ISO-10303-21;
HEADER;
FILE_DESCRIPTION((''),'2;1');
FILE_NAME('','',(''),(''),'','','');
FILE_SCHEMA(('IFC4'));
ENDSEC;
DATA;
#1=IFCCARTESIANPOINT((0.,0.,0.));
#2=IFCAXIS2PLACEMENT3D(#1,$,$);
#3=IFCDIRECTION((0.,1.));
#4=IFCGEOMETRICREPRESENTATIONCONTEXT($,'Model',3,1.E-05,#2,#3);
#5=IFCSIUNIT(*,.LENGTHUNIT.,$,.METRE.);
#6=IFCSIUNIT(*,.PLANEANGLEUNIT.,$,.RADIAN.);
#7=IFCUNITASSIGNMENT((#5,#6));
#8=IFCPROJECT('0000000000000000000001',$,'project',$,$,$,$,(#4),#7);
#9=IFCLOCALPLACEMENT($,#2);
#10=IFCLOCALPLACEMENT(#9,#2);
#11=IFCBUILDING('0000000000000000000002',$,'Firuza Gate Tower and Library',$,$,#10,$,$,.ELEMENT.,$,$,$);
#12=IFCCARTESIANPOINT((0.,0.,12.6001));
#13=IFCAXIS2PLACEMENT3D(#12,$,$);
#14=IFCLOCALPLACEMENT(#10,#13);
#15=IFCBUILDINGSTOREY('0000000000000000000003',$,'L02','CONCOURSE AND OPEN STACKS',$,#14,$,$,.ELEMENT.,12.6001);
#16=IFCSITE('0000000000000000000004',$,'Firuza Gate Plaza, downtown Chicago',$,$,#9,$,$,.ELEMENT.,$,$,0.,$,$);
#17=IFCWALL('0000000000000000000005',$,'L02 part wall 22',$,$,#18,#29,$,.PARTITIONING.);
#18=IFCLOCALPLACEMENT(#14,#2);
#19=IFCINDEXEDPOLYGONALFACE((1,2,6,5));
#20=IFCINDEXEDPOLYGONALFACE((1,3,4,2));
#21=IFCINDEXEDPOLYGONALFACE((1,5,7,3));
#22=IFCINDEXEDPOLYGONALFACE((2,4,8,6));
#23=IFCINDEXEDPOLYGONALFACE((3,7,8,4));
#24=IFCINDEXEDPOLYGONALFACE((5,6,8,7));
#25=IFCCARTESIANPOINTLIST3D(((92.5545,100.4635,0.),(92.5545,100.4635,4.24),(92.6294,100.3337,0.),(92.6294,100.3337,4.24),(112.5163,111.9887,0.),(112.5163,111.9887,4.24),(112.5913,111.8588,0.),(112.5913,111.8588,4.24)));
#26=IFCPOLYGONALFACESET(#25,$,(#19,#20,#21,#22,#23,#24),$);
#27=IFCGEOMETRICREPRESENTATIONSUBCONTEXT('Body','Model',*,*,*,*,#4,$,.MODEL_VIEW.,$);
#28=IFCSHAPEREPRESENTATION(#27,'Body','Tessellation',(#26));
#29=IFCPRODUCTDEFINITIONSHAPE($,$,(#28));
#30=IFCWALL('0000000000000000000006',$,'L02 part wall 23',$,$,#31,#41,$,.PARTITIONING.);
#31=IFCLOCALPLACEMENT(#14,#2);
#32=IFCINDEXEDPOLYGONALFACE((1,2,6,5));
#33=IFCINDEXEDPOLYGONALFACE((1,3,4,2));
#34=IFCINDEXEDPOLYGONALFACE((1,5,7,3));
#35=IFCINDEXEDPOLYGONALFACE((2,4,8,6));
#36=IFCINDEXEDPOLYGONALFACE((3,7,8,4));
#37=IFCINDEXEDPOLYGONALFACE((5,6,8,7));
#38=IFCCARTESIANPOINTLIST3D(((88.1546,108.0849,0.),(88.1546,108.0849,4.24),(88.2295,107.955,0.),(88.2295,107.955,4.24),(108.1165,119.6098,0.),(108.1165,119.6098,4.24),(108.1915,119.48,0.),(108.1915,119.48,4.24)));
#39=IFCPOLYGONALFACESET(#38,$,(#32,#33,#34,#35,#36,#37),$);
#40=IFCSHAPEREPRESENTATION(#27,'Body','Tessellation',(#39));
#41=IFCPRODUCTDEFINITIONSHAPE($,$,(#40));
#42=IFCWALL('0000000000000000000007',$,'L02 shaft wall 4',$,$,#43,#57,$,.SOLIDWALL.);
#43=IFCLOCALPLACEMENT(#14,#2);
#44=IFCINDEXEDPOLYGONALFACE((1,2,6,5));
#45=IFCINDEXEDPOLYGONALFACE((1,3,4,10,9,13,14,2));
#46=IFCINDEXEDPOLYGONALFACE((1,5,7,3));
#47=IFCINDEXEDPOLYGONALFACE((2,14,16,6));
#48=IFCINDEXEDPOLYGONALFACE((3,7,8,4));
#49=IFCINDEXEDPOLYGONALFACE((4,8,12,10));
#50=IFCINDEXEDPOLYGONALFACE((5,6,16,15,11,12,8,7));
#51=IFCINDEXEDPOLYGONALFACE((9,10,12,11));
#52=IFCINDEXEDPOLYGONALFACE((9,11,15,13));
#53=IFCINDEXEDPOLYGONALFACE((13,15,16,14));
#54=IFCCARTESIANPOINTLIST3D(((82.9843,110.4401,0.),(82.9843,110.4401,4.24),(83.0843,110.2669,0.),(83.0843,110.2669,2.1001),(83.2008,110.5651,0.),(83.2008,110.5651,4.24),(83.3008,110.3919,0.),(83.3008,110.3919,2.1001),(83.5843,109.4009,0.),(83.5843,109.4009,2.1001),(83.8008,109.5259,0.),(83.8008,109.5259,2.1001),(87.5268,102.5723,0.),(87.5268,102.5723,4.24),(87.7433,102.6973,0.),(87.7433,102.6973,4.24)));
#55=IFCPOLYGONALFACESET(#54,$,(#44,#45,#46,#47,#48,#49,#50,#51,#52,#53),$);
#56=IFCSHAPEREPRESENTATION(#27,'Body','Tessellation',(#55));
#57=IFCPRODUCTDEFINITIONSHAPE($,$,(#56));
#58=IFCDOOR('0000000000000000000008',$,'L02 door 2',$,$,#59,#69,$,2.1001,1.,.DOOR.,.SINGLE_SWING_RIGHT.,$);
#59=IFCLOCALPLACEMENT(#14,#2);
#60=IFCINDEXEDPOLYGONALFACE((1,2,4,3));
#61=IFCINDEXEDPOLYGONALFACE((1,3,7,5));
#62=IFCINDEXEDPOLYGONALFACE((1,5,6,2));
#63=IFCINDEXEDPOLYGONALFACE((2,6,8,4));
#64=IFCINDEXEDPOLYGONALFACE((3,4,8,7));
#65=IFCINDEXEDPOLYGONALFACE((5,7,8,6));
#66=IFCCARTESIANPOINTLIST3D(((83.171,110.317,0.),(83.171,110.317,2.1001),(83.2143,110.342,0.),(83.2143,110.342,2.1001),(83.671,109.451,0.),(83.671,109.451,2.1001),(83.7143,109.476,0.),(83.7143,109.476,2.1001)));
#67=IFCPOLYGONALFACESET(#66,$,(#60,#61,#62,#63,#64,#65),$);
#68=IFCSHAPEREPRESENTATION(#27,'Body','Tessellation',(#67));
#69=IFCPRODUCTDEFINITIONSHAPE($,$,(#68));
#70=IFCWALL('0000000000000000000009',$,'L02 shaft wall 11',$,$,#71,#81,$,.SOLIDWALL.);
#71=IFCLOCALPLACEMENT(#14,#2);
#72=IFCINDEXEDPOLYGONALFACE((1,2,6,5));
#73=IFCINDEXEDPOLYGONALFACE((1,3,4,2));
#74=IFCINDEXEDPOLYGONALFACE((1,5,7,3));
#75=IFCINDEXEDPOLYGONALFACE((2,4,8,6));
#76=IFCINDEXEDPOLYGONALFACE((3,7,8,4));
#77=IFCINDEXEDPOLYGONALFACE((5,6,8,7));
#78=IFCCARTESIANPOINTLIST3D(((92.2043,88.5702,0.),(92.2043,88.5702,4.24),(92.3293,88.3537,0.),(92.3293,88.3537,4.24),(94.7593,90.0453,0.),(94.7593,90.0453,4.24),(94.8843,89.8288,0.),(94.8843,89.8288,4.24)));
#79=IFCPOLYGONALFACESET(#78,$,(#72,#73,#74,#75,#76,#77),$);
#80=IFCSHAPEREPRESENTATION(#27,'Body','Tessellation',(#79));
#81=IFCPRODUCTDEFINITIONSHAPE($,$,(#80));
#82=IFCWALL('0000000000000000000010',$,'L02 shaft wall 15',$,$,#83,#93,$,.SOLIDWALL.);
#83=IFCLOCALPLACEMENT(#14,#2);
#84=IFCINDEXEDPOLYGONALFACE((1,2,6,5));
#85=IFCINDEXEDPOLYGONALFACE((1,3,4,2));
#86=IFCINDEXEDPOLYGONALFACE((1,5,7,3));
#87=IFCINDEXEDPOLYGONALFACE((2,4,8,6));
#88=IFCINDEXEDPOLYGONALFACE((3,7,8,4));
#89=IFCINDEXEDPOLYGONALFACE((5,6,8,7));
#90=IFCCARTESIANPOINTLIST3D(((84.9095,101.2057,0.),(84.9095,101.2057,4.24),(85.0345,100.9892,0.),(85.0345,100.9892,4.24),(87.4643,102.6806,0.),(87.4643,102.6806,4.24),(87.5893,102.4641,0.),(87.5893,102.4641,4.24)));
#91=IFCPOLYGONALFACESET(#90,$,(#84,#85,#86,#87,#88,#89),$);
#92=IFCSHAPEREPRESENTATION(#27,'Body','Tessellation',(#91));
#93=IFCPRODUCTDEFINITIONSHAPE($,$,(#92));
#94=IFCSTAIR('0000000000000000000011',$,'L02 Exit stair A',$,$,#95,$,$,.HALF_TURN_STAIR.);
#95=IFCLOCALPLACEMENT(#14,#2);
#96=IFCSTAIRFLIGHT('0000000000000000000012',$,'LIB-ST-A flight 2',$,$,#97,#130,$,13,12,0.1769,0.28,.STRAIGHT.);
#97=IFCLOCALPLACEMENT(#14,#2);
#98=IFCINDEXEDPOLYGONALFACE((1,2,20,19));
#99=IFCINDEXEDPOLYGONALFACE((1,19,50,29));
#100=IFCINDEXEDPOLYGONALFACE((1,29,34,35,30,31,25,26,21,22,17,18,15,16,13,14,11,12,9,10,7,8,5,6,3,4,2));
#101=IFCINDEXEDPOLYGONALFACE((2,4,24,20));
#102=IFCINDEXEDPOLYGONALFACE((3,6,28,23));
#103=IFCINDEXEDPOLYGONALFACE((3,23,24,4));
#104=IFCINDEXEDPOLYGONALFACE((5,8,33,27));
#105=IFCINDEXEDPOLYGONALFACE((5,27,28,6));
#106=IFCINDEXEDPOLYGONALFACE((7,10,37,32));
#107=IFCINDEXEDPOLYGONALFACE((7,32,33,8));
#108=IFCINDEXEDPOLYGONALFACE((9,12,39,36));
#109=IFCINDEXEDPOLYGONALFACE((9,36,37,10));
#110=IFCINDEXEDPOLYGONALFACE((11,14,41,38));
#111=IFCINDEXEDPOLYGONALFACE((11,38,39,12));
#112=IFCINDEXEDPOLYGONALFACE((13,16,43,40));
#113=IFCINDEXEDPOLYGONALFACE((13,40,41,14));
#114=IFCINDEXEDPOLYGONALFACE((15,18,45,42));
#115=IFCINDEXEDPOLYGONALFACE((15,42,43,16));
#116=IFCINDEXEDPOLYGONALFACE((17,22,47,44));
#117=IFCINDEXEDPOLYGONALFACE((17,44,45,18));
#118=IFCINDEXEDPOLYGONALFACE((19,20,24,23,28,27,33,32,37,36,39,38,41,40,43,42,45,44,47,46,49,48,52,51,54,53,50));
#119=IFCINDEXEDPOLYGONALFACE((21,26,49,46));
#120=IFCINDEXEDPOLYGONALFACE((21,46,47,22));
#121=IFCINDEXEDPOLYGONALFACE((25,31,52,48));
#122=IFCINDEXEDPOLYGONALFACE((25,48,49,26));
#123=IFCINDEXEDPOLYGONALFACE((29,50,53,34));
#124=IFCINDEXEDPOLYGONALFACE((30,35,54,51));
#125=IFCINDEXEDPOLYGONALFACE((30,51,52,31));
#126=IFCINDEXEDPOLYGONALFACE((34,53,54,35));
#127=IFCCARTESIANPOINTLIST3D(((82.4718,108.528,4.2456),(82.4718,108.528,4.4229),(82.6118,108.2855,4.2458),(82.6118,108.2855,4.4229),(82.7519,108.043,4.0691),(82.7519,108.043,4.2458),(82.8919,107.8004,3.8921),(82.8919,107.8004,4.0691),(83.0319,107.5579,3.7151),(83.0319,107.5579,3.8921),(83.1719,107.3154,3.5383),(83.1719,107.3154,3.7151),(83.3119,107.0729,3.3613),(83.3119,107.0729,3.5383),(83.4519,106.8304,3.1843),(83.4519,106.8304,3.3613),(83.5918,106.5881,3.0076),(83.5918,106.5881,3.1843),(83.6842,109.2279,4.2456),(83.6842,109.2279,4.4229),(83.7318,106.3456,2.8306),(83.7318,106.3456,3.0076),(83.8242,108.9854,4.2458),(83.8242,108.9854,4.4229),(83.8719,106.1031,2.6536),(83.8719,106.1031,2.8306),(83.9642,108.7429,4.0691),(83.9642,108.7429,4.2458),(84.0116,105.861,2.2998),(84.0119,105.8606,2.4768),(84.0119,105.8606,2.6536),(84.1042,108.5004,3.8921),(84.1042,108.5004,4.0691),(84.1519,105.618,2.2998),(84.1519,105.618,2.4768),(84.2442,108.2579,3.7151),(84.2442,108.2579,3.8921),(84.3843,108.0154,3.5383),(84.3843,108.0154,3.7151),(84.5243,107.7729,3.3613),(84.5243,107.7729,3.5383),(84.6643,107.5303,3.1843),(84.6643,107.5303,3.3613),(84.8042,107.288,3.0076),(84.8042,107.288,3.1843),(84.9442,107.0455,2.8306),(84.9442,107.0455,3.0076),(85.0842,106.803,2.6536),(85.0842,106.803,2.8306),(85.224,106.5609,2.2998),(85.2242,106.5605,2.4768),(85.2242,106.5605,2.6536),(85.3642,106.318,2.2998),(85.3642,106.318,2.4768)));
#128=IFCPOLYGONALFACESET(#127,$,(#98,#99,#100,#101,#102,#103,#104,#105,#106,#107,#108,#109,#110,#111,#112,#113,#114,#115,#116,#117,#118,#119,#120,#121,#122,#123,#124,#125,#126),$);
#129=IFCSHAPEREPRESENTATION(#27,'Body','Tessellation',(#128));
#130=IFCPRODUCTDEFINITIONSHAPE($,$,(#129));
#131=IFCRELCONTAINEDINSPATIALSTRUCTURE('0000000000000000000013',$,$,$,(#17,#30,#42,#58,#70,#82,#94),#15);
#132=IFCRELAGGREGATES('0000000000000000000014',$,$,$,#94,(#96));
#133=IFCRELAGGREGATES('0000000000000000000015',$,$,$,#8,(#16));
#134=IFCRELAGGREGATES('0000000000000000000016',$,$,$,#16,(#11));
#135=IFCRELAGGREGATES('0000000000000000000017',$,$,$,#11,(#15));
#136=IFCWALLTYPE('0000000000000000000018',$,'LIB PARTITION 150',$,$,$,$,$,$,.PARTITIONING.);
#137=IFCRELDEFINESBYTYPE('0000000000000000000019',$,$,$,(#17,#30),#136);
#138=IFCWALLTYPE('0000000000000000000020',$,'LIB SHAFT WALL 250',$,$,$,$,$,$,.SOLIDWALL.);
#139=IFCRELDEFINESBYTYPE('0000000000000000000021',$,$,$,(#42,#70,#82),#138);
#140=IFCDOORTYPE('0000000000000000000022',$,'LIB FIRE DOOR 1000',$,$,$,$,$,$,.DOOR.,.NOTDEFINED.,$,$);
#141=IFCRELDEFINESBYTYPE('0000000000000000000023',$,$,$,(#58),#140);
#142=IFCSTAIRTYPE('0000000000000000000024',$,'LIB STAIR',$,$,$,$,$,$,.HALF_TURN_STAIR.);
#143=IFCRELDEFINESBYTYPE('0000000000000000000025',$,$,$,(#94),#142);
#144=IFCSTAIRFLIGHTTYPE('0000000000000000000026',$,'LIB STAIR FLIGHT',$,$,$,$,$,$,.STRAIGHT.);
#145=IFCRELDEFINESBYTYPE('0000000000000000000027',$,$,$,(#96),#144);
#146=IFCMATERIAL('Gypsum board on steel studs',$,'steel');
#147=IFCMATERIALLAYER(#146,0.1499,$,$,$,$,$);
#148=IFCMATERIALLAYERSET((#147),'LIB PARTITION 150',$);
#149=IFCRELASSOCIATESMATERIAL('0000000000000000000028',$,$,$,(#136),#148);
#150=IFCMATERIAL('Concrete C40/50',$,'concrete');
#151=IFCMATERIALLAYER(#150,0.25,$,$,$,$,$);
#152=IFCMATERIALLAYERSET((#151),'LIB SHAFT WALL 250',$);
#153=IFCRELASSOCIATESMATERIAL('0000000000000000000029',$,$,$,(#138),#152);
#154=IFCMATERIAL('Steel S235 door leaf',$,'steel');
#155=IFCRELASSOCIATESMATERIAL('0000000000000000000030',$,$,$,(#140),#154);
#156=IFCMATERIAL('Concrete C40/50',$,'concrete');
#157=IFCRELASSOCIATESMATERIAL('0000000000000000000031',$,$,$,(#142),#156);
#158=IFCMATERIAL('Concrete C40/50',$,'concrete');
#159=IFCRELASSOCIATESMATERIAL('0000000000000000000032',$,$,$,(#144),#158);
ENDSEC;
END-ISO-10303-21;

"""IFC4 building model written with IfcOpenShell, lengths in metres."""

from ifc_helpers import new_model, si_unit, direction, frame, frame_2d, origin, place, context, subcontext, project, spatial, polyline, rectangle, outline, extrude, material, layer, layer_set, type_object, element, fill, aggregate, save


model = new_model("IFC4")

# Units and contexts
model_context = context("Model", 3, precision=1e-05, world=origin(), true_north=direction((0.0, 1.0)))
body_context = subcontext(model_context, "Body", "Model", "MODEL_VIEW")
ifc_project = project(units=[si_unit("LENGTHUNIT", "METRE"), si_unit("PLANEANGLEUNIT", "RADIAN")], contexts=[model_context])

# Site, building, storey
site_placement = place(None, origin())
site = spatial("IfcSite", under=ifc_project, at=site_placement, Name="Firuza Gate Plaza, downtown Chicago", CompositionType="ELEMENT", RefElevation=0.0)
building_placement = place(site_placement, origin())
building = spatial("IfcBuilding", under=site, at=building_placement, Name="Firuza Gate Tower and Library", CompositionType="ELEMENT")
storey_placement = place(building_placement, frame((0.0, 0.0, 12.6001)))
storey = spatial("IfcBuildingStorey", under=building, at=storey_placement, Name="L02", Description="CONCOURSE AND OPEN STACKS", CompositionType="ELEMENT", Elevation=12.6001)

# Shared definitions
placement = place(storey_placement, origin())

# Walls
ifc_material_1 = material(Name="Gypsum board on steel studs", Category="steel")
ifc_layer_1 = layer(ifc_material_1, 0.1499)
ifc_layer_set_1 = layer_set([ifc_layer_1], Name="LIB PARTITION 150")
wall_type_1 = type_object("IfcWallType", Name="LIB PARTITION 150", PredefinedType="PARTITIONING", material=ifc_layer_set_1)
for number, where, z_axis, x_axis, name in (
    (1, (92.592, 100.3987, 0.0), (0.0, 0.0, 1.0), (0.866023, 0.500004, 0.0), "L02 part wall 22"),
    (2, (88.1921, 108.02, 0.0), (0.0, 0.0, 1.0), (0.866028, 0.499996, 0.0), "L02 part wall 23"),
):
    element("IfcWall", number, at=place(storey_placement, frame(where, z_axis=z_axis, x_axis=x_axis)), inside=storey, type_object=wall_type_1, Name=name, PredefinedType="PARTITIONING", context=body_context, shape_type="SweptSolid", body=[
        extrude(rectangle(XDim=23.05, YDim=0.1499, at=frame_2d((11.5249, 0.0))), origin(), (0.0, 0.0, 1.0), 4.24),
    ])

# Wall, opening, door
ifc_material_2 = material(Name="Concrete C40/50", Category="concrete")
ifc_layer_2 = layer(ifc_material_2, 0.25)
ifc_layer_set_2 = layer_set([ifc_layer_2], Name="LIB SHAFT WALL 250")
wall_type_2 = type_object("IfcWallType", Name="LIB SHAFT WALL 250", PredefinedType="SOLIDWALL", material=ifc_layer_set_2)
wall_1_placement = place(storey_placement, frame((87.635, 102.6348, 0.0), z_axis=(0.0, 0.0, 1.0), x_axis=(-0.499995, 0.866029, 0.0)))
wall_1 = element("IfcWall", 3, at=wall_1_placement, inside=storey, type_object=wall_type_2, Name="L02 shaft wall 4", PredefinedType="SOLIDWALL", context=body_context, shape_type="SweptSolid", body=[
    extrude(rectangle(XDim=9.085, YDim=0.25, at=frame_2d((4.5425, 0.0))), origin(), (0.0, 0.0, 1.0), 4.24),
])
opening_placement = place(wall_1_placement, frame((7.885, 0.0, 0.0)))
opening = element("IfcOpeningElement", 4, at=opening_placement, cuts=wall_1, PredefinedType="OPENING", context=body_context, shape_type="SweptSolid", body=[
    extrude(rectangle(XDim=1.0, YDim=2.1001, at=frame_2d((0.5, 1.05))), frame((0.0, 0.135, 0.0), z_axis=(0.0, -1.0, 0.0), x_axis=(1.0, 0.0, 0.0)), (0.0, 0.0, 1.0), 0.27),
])
ifc_material_3 = material(Name="Steel S235 door leaf", Category="steel")
door_type = type_object("IfcDoorType", Name="LIB FIRE DOOR 1000", OperationType="NOTDEFINED", PredefinedType="DOOR", material=ifc_material_3)
door_placement = place(opening_placement, origin())
door = element("IfcDoor", 5, at=door_placement, inside=storey, type_object=door_type, Name="L02 door 2", OperationType="SINGLE_SWING_RIGHT", OverallHeight=2.1001, OverallWidth=1.0, PredefinedType="DOOR", context=body_context, shape_type="SweptSolid", body=[
    extrude(rectangle(XDim=1.0, YDim=2.1001, at=frame_2d((0.5, 1.05))), frame((0.0, 0.0249, 0.0), z_axis=(0.0, -1.0, 0.0), x_axis=(1.0, 0.0, 0.0)), (0.0, 0.0, 1.0), 0.05),
])
fill(opening, door)

# Walls
wall_2_placement = place(storey_placement, frame((92.2668, 88.4619, 0.0), z_axis=(0.0, 0.0, 1.0), x_axis=(0.866024, 0.500002, 0.0)))
element("IfcWall", 6, at=wall_2_placement, inside=storey, type_object=wall_type_2, Name="L02 shaft wall 11", PredefinedType="SOLIDWALL", context=body_context, shape_type="SweptSolid", body=[
    extrude(rectangle(XDim=2.9502, YDim=0.25, at=frame_2d((1.4751, 0.0))), origin(), (0.0, 0.0, 1.0), 4.24),
])
wall_3_placement = place(storey_placement, frame((84.9719, 101.0974, 0.0), z_axis=(0.0, 0.0, 1.0), x_axis=(0.866039, 0.499976, 0.0)))
element("IfcWall", 7, at=wall_3_placement, inside=storey, type_object=wall_type_2, Name="L02 shaft wall 15", PredefinedType="SOLIDWALL", context=body_context, shape_type="SweptSolid", body=[
    extrude(rectangle(XDim=2.95, YDim=0.25, at=frame_2d((1.4751, 0.0))), origin(), (0.0, 0.0, 1.0), 4.24),
])

# Stair, stair flight
ifc_material_4 = material(Name="Concrete C40/50", Category="concrete")
stair_type = type_object("IfcStairType", Name="LIB STAIR", PredefinedType="HALF_TURN_STAIR", material=ifc_material_4)
stair = element("IfcStair", 8, at=placement, inside=storey, type_object=stair_type, Name="L02 Exit stair A", PredefinedType="HALF_TURN_STAIR")
ifc_material_5 = material(Name="Concrete C40/50", Category="concrete")
stair_flight_type = type_object("IfcStairFlightType", Name="LIB STAIR FLIGHT", PredefinedType="STRAIGHT", material=ifc_material_5)
stair_flight_placement = place(storey_placement, frame((84.7581, 105.968, 2.2998), z_axis=(0.0, 0.0, 1.0), x_axis=(-0.5, 0.866025, 0.0)))
stair_flight = element("IfcStairFlight", 9, at=stair_flight_placement, type_object=stair_flight_type, Name="LIB-ST-A flight 2", NumberOfRisers=13, NumberOfTreads=12, PredefinedType="STRAIGHT", RiserHeight=0.1769, TreadLength=0.28, context=body_context, shape_type="SweptSolid", body=[
    extrude(outline(polyline([(0.0, 0.0), (0.0, 0.177), (0.28, 0.177), (0.28, 0.3538), (0.5601, 0.3538), (0.5601, 0.5308), (0.8401, 0.5308), (0.8401, 0.7078), (1.1201, 0.7078), (1.1201, 0.8845), (1.3999, 0.8845), (1.3999, 1.0615), (1.6799, 1.0615), (1.6799, 1.2385), (1.96, 1.2385), (1.96, 1.4153), (2.24, 1.4153), (2.24, 1.5923), (2.52, 1.5923), (2.52, 1.7693), (2.8, 1.7693), (2.8, 1.946), (3.0801, 1.946), (3.0801, 2.123), (3.3601, 2.123), (3.3601, 2.3), (3.3601, 1.9458), (0.2805, 0.0), (0.0, 0.0)])), frame((0.0, 0.7, 0.0), z_axis=(0.0, -1.0, 0.0), x_axis=(1.0, 0.0, 0.0)), (0.0, 0.0, 1.0), 1.3999),
])
aggregate(stair, [stair_flight])

save(model, "model.ifc")
